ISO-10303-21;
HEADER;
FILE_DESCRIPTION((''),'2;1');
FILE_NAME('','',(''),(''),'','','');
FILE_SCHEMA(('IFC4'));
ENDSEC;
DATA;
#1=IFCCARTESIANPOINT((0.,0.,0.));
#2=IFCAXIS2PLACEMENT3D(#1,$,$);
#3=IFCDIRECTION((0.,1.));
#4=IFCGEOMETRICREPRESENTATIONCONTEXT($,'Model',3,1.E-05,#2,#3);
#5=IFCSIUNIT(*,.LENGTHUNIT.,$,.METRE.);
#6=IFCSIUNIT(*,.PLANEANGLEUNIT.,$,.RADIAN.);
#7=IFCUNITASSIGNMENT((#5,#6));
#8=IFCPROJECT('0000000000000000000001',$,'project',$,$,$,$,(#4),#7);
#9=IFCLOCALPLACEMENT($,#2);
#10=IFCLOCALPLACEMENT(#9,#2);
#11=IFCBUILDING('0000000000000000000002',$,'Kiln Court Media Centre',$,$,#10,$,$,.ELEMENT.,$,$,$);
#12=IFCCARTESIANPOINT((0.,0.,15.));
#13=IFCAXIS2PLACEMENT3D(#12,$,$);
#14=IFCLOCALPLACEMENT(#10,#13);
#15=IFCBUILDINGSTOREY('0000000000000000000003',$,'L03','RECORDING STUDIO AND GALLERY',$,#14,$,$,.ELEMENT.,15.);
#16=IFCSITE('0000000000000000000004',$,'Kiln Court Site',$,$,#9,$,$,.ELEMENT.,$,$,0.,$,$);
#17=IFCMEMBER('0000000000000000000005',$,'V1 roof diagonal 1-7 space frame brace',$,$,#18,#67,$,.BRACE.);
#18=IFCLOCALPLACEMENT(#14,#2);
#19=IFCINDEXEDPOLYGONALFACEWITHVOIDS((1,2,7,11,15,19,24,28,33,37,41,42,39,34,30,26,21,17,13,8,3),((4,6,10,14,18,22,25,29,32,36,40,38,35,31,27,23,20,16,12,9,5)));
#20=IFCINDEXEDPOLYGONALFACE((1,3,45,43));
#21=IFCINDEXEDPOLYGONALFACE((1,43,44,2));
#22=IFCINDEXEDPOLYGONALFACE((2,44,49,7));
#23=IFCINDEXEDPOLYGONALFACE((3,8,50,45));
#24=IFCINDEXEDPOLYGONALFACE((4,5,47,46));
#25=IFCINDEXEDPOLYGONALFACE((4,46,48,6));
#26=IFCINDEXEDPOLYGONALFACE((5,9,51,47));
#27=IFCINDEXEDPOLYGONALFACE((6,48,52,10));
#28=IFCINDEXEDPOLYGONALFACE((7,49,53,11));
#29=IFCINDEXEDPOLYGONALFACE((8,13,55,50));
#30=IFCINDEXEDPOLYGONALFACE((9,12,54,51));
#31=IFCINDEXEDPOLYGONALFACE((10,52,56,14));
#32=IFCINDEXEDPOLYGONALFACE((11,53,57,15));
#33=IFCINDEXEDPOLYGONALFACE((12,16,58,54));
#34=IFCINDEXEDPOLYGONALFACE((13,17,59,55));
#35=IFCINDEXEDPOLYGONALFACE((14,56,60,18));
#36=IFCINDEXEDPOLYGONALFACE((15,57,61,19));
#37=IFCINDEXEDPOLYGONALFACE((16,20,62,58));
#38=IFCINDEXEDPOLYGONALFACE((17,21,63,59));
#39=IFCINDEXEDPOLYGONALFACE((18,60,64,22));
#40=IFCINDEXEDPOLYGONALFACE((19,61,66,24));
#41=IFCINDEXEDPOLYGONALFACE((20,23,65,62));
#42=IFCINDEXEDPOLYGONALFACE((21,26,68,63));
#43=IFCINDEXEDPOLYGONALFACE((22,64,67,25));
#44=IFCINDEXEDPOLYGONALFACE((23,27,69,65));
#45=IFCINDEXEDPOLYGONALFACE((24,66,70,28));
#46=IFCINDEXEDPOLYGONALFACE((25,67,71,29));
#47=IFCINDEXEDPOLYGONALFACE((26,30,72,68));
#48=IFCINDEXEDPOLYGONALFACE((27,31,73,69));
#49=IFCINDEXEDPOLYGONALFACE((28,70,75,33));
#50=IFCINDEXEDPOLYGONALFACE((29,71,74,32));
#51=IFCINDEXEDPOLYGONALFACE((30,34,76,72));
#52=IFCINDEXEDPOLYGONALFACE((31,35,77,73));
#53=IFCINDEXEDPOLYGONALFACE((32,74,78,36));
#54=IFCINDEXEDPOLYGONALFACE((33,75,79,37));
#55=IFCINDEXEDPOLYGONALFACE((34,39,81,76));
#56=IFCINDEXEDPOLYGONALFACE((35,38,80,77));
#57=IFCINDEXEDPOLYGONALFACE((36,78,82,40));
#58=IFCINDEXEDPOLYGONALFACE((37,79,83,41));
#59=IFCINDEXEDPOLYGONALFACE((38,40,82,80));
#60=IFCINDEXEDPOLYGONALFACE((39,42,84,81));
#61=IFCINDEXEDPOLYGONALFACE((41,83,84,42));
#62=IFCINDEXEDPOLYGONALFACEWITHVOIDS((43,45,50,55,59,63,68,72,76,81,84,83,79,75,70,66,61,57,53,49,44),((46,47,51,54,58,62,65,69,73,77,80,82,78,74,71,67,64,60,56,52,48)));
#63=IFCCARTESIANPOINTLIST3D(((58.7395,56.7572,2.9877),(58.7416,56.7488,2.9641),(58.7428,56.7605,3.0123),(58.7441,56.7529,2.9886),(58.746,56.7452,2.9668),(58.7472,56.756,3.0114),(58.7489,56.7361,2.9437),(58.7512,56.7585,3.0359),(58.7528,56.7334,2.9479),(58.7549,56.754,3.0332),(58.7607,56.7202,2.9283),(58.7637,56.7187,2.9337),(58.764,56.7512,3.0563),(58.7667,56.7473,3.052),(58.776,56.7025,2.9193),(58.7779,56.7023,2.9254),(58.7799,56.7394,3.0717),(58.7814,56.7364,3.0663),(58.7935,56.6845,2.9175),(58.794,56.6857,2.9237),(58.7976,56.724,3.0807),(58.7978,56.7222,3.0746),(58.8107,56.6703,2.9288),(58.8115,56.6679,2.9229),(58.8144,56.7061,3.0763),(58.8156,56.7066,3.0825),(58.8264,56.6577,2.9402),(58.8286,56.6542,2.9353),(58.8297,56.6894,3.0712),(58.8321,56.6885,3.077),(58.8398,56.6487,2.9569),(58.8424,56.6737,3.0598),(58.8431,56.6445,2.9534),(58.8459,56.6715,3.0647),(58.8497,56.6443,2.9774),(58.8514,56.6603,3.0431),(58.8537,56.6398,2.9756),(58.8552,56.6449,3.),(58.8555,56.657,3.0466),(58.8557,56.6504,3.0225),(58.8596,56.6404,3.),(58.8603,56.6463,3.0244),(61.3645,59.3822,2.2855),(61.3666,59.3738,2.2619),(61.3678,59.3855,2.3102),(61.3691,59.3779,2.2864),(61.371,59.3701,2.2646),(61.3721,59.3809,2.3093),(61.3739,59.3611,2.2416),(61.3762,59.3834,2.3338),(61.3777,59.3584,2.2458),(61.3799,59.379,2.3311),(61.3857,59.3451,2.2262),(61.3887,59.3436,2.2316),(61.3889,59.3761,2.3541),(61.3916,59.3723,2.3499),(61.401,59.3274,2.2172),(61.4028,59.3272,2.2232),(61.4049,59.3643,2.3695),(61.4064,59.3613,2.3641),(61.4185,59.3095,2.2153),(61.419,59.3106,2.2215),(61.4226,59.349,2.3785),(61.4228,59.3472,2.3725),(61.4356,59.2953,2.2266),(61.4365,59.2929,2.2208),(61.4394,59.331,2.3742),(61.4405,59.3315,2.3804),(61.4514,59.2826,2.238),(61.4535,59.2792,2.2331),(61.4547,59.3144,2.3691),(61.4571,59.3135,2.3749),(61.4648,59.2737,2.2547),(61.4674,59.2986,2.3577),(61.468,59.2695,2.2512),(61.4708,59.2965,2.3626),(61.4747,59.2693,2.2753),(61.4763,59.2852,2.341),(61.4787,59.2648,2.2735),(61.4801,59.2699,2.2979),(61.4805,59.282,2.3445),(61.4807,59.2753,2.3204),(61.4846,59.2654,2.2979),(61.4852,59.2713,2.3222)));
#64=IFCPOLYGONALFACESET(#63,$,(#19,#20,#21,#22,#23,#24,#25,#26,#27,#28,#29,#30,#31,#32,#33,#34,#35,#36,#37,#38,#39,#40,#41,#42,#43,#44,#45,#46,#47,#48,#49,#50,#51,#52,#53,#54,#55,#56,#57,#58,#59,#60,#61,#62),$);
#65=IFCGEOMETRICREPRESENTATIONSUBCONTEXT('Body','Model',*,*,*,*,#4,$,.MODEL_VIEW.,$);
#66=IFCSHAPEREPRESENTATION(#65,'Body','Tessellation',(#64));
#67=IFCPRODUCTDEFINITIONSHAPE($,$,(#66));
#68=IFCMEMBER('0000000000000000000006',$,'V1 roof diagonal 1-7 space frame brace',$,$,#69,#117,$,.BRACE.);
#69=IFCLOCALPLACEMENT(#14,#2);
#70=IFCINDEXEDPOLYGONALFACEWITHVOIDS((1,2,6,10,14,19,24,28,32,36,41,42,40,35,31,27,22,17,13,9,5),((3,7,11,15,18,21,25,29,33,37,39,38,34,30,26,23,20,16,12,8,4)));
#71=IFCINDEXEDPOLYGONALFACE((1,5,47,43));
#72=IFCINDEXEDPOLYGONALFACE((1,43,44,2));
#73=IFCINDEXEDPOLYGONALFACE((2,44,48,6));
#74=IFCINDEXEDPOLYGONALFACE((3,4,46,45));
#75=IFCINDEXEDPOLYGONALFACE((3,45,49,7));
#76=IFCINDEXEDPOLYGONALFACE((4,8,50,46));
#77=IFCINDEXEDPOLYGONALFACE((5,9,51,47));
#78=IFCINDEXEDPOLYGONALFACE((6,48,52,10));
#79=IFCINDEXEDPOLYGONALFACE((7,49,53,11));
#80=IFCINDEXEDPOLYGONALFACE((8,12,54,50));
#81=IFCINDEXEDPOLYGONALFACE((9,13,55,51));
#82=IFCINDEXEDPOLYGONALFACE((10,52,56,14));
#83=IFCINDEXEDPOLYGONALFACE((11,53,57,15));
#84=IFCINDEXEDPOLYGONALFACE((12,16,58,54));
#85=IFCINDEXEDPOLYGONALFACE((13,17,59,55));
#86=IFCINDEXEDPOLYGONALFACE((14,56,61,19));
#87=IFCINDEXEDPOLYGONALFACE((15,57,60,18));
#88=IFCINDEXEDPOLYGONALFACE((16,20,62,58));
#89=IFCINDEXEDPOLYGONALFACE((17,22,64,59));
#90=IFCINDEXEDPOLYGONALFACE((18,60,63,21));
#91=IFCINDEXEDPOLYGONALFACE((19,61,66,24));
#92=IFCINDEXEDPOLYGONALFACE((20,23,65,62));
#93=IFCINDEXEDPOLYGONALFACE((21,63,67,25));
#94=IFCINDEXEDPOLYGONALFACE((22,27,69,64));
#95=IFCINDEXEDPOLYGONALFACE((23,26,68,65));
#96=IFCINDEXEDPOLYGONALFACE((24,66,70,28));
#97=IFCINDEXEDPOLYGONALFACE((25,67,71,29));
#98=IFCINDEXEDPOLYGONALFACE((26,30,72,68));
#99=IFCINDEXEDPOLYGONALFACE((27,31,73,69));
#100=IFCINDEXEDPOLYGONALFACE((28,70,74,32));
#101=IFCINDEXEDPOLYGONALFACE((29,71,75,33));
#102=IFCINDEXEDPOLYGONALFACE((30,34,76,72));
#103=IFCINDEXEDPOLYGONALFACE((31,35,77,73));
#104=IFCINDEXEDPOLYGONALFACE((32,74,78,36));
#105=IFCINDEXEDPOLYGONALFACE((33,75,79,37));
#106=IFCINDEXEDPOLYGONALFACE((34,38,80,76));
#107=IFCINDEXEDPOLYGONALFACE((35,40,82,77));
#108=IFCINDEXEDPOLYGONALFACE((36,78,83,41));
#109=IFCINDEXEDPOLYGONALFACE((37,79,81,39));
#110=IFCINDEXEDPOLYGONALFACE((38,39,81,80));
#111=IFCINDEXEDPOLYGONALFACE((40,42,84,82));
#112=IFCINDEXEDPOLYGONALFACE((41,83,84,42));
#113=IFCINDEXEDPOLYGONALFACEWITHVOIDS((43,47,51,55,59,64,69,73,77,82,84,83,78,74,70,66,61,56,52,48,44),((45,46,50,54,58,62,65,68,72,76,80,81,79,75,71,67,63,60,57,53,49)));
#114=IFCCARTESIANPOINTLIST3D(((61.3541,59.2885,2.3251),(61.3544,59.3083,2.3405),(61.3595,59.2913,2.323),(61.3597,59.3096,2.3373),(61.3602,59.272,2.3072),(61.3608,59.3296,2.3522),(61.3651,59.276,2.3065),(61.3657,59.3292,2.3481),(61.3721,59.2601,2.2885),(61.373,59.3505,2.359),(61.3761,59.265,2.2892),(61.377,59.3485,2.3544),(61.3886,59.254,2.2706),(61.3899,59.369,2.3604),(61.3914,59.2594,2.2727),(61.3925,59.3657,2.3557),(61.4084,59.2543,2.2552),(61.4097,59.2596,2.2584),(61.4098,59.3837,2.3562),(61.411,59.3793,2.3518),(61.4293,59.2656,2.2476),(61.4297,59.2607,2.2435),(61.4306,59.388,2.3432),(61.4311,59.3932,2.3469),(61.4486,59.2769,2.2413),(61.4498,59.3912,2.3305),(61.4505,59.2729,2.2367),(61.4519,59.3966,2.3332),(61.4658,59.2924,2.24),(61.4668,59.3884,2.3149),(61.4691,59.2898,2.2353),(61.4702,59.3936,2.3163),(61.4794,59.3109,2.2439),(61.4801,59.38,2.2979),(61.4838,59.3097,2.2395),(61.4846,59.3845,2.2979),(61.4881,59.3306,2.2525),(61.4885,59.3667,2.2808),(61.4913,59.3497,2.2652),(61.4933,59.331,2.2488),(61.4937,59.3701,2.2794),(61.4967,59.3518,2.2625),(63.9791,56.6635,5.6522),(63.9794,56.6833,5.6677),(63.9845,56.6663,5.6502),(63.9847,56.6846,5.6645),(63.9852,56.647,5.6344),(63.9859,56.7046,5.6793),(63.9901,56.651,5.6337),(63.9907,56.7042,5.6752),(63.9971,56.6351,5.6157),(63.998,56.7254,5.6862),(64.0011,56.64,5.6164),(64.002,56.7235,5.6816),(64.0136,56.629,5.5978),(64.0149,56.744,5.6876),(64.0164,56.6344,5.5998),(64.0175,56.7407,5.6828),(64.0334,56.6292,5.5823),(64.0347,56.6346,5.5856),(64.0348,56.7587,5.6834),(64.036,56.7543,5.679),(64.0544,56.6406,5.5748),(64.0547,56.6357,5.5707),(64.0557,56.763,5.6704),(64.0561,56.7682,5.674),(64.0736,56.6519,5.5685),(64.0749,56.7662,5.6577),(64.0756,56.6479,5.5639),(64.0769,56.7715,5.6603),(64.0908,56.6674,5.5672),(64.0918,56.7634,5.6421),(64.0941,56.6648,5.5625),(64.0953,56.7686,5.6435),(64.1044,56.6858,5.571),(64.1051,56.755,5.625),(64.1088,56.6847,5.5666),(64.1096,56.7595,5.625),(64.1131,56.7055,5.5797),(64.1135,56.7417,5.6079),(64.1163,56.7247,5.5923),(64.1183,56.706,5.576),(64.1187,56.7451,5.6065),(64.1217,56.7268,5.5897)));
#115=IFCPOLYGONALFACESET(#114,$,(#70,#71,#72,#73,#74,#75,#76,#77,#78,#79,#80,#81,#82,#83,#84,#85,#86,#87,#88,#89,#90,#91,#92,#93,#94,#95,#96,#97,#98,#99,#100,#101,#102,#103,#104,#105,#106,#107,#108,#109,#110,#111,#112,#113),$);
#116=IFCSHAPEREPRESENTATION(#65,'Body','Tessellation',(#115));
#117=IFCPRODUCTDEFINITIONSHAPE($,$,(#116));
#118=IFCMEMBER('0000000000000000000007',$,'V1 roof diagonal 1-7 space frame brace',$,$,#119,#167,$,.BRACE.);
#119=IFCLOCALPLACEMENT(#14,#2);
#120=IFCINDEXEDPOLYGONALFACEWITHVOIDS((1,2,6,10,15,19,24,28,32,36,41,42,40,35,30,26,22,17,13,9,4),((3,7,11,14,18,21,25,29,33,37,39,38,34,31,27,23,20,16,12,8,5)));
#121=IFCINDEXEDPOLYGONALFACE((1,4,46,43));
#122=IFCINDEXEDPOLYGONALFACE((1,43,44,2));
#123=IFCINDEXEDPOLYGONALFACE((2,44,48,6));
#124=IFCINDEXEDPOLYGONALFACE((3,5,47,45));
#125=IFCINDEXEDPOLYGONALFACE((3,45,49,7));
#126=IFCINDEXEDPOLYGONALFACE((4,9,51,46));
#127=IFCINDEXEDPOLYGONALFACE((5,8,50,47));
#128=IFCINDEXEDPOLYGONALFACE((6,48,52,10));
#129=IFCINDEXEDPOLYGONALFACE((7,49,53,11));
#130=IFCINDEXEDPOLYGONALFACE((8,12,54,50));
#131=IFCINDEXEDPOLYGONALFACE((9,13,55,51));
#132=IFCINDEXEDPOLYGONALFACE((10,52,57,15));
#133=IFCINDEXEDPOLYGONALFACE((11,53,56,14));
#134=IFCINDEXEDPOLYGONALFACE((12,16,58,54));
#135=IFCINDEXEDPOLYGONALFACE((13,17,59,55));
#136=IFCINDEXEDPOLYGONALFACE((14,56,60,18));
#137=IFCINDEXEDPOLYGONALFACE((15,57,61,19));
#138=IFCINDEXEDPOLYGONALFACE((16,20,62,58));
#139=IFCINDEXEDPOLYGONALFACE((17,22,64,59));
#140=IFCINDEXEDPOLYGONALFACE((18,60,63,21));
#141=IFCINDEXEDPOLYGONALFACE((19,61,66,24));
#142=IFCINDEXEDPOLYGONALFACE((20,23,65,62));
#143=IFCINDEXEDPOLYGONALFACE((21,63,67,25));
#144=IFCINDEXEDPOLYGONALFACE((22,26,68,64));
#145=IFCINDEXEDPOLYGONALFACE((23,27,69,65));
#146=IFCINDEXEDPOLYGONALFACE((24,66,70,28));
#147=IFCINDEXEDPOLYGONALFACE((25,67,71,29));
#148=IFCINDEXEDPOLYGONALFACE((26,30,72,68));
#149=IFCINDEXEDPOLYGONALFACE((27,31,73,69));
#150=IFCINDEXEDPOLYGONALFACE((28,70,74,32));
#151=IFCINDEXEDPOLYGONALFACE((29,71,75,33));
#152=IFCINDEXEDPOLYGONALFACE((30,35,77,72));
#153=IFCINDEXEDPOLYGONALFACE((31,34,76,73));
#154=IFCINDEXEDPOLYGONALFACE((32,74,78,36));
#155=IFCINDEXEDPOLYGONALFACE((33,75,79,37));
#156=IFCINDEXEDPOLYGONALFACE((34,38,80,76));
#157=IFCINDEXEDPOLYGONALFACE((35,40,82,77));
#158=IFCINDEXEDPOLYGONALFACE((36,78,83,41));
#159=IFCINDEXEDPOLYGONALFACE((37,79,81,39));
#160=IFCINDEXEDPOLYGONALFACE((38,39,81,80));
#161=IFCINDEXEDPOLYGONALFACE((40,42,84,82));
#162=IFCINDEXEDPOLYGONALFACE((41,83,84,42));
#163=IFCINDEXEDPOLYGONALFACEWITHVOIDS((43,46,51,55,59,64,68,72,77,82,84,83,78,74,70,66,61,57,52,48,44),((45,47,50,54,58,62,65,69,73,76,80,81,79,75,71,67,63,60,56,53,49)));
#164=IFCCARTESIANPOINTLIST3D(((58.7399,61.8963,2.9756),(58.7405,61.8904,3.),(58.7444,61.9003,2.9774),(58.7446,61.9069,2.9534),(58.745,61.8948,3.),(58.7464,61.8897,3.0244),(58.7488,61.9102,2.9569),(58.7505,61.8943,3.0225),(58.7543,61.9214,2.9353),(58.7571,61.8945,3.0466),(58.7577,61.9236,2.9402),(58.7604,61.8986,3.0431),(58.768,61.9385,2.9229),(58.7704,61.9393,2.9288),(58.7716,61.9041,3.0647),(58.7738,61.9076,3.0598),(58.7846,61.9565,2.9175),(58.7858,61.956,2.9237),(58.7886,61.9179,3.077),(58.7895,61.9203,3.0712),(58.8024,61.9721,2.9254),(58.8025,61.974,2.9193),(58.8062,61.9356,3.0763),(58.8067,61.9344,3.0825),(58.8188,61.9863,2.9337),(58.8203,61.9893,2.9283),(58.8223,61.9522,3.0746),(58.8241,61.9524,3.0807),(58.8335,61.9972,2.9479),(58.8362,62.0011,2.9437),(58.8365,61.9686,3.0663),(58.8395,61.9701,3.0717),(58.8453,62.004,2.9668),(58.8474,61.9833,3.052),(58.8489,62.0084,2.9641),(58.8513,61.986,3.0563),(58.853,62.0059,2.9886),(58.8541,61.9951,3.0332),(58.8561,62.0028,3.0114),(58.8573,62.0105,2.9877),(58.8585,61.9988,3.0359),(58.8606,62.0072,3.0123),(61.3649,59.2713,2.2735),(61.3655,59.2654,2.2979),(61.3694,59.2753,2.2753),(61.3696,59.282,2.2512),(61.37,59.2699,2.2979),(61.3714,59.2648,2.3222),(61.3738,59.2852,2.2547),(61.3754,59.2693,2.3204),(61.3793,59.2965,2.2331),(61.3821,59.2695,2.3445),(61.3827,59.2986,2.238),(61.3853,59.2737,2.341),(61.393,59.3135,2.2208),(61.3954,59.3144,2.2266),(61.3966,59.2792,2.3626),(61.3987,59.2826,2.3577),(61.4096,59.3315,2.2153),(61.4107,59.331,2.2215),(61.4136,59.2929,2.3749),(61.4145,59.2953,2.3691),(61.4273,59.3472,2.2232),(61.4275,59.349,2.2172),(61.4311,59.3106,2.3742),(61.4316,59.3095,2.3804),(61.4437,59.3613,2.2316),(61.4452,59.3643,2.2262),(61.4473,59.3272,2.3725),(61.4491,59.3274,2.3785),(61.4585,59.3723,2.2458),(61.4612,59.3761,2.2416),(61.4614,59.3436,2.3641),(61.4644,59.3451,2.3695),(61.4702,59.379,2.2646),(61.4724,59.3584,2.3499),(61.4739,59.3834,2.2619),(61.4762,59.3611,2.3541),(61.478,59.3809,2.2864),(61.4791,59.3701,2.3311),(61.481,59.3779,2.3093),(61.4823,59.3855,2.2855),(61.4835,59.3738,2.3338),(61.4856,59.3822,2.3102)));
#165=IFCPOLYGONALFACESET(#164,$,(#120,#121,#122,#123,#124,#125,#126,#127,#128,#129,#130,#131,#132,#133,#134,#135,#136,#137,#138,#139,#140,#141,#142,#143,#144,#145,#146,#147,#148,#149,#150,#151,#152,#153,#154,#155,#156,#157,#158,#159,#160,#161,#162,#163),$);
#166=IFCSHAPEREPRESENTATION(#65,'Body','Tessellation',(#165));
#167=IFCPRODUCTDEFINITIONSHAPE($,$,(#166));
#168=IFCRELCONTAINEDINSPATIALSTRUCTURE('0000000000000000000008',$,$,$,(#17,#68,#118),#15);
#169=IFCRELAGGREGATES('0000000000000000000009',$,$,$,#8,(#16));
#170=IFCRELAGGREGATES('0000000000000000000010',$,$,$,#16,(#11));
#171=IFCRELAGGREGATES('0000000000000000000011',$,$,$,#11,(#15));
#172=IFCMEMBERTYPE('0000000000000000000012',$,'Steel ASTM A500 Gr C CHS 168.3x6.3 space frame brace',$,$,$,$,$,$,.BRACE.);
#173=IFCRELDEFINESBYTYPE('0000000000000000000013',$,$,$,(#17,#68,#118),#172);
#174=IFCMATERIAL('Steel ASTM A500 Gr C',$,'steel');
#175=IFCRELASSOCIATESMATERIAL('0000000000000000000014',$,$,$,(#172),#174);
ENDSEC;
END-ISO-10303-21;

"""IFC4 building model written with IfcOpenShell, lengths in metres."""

from ifc_helpers import new_model, si_unit, direction, frame, origin, origin_2d, place, context, subcontext, project, spatial, hollow_circle, extrude, material, material_profile, profile_set, type_object, element, save


model = new_model("IFC4")

# Units and contexts
model_context = context("Model", 3, precision=1e-05, world=origin(), true_north=direction((0.0, 1.0)))
body_context = subcontext(model_context, "Body", "Model", "MODEL_VIEW")
ifc_project = project(units=[si_unit("LENGTHUNIT", "METRE"), si_unit("PLANEANGLEUNIT", "RADIAN")], contexts=[model_context])

# Site, building, storey
site_placement = place(None, origin())
site = spatial("IfcSite", under=ifc_project, at=site_placement, Name="Kiln Court Site", CompositionType="ELEMENT", RefElevation=0.0)
building_placement = place(site_placement, origin())
building = spatial("IfcBuilding", under=site, at=building_placement, Name="Kiln Court Media Centre", CompositionType="ELEMENT")
storey_placement = place(building_placement, frame((0.0, 0.0, 15.0)))
storey = spatial("IfcBuildingStorey", under=building, at=storey_placement, Name="L03", Description="RECORDING STUDIO AND GALLERY", CompositionType="ELEMENT", Elevation=15.0)

# Members
ifc_material_1 = material(Name="Steel ASTM A500 Gr C", Category="steel")
ifc_material_profile_1 = material_profile(ifc_material_1, hollow_circle(Radius=0.0842, WallThickness=0.0063, at=origin_2d()), Name="CHS 168.3x6.3")
ifc_profile_set_1 = profile_set([ifc_material_profile_1], Name="Steel ASTM A500 Gr C")
member_type_1 = type_object("IfcMemberType", Name="Steel ASTM A500 Gr C CHS 168.3x6.3 space frame brace", PredefinedType="BRACE", material=ifc_profile_set_1)
member_1_placement = place(storey_placement, frame((61.425, 59.325, 2.2979), z_axis=(-0.694788, -0.694788, 0.185846), x_axis=(0.707107, -0.707107, 0.0)))
element("IfcMember", 1, at=member_1_placement, inside=storey, type_object=member_type_1, Name="V1 roof diagonal 1-7 space frame brace", PredefinedType="BRACE", context=body_context, shape_type="SweptSolid", body=[
    extrude(hollow_circle(Radius=0.0842, WallThickness=0.0063, at=origin_2d()), origin(), (0.0, 0.0, 1.0), 3.7781),
])
member_2_placement = place(storey_placement, frame((61.425, 59.325, 2.2979), z_axis=(0.52657, -0.52657, 0.667419), x_axis=(0.707107, 0.707107, 0.0)))
element("IfcMember", 2, at=member_2_placement, inside=storey, type_object=member_type_1, Name="V1 roof diagonal 1-7 space frame brace", PredefinedType="BRACE", context=body_context, shape_type="SweptSolid", body=[
    extrude(hollow_circle(Radius=0.0842, WallThickness=0.0063, at=origin_2d()), origin(), (0.0, 0.0, 1.0), 4.9851),
])
member_3_placement = place(storey_placement, frame((61.425, 59.325, 2.2979), z_axis=(-0.694788, 0.694788, 0.185846), x_axis=(-0.707107, -0.707107, 0.0)))
element("IfcMember", 3, at=member_3_placement, inside=storey, type_object=member_type_1, Name="V1 roof diagonal 1-7 space frame brace", PredefinedType="BRACE", context=body_context, shape_type="SweptSolid", body=[
    extrude(hollow_circle(Radius=0.0842, WallThickness=0.0063, at=origin_2d()), origin(), (0.0, 0.0, 1.0), 3.7781),
])

save(model, "model.ifc")
